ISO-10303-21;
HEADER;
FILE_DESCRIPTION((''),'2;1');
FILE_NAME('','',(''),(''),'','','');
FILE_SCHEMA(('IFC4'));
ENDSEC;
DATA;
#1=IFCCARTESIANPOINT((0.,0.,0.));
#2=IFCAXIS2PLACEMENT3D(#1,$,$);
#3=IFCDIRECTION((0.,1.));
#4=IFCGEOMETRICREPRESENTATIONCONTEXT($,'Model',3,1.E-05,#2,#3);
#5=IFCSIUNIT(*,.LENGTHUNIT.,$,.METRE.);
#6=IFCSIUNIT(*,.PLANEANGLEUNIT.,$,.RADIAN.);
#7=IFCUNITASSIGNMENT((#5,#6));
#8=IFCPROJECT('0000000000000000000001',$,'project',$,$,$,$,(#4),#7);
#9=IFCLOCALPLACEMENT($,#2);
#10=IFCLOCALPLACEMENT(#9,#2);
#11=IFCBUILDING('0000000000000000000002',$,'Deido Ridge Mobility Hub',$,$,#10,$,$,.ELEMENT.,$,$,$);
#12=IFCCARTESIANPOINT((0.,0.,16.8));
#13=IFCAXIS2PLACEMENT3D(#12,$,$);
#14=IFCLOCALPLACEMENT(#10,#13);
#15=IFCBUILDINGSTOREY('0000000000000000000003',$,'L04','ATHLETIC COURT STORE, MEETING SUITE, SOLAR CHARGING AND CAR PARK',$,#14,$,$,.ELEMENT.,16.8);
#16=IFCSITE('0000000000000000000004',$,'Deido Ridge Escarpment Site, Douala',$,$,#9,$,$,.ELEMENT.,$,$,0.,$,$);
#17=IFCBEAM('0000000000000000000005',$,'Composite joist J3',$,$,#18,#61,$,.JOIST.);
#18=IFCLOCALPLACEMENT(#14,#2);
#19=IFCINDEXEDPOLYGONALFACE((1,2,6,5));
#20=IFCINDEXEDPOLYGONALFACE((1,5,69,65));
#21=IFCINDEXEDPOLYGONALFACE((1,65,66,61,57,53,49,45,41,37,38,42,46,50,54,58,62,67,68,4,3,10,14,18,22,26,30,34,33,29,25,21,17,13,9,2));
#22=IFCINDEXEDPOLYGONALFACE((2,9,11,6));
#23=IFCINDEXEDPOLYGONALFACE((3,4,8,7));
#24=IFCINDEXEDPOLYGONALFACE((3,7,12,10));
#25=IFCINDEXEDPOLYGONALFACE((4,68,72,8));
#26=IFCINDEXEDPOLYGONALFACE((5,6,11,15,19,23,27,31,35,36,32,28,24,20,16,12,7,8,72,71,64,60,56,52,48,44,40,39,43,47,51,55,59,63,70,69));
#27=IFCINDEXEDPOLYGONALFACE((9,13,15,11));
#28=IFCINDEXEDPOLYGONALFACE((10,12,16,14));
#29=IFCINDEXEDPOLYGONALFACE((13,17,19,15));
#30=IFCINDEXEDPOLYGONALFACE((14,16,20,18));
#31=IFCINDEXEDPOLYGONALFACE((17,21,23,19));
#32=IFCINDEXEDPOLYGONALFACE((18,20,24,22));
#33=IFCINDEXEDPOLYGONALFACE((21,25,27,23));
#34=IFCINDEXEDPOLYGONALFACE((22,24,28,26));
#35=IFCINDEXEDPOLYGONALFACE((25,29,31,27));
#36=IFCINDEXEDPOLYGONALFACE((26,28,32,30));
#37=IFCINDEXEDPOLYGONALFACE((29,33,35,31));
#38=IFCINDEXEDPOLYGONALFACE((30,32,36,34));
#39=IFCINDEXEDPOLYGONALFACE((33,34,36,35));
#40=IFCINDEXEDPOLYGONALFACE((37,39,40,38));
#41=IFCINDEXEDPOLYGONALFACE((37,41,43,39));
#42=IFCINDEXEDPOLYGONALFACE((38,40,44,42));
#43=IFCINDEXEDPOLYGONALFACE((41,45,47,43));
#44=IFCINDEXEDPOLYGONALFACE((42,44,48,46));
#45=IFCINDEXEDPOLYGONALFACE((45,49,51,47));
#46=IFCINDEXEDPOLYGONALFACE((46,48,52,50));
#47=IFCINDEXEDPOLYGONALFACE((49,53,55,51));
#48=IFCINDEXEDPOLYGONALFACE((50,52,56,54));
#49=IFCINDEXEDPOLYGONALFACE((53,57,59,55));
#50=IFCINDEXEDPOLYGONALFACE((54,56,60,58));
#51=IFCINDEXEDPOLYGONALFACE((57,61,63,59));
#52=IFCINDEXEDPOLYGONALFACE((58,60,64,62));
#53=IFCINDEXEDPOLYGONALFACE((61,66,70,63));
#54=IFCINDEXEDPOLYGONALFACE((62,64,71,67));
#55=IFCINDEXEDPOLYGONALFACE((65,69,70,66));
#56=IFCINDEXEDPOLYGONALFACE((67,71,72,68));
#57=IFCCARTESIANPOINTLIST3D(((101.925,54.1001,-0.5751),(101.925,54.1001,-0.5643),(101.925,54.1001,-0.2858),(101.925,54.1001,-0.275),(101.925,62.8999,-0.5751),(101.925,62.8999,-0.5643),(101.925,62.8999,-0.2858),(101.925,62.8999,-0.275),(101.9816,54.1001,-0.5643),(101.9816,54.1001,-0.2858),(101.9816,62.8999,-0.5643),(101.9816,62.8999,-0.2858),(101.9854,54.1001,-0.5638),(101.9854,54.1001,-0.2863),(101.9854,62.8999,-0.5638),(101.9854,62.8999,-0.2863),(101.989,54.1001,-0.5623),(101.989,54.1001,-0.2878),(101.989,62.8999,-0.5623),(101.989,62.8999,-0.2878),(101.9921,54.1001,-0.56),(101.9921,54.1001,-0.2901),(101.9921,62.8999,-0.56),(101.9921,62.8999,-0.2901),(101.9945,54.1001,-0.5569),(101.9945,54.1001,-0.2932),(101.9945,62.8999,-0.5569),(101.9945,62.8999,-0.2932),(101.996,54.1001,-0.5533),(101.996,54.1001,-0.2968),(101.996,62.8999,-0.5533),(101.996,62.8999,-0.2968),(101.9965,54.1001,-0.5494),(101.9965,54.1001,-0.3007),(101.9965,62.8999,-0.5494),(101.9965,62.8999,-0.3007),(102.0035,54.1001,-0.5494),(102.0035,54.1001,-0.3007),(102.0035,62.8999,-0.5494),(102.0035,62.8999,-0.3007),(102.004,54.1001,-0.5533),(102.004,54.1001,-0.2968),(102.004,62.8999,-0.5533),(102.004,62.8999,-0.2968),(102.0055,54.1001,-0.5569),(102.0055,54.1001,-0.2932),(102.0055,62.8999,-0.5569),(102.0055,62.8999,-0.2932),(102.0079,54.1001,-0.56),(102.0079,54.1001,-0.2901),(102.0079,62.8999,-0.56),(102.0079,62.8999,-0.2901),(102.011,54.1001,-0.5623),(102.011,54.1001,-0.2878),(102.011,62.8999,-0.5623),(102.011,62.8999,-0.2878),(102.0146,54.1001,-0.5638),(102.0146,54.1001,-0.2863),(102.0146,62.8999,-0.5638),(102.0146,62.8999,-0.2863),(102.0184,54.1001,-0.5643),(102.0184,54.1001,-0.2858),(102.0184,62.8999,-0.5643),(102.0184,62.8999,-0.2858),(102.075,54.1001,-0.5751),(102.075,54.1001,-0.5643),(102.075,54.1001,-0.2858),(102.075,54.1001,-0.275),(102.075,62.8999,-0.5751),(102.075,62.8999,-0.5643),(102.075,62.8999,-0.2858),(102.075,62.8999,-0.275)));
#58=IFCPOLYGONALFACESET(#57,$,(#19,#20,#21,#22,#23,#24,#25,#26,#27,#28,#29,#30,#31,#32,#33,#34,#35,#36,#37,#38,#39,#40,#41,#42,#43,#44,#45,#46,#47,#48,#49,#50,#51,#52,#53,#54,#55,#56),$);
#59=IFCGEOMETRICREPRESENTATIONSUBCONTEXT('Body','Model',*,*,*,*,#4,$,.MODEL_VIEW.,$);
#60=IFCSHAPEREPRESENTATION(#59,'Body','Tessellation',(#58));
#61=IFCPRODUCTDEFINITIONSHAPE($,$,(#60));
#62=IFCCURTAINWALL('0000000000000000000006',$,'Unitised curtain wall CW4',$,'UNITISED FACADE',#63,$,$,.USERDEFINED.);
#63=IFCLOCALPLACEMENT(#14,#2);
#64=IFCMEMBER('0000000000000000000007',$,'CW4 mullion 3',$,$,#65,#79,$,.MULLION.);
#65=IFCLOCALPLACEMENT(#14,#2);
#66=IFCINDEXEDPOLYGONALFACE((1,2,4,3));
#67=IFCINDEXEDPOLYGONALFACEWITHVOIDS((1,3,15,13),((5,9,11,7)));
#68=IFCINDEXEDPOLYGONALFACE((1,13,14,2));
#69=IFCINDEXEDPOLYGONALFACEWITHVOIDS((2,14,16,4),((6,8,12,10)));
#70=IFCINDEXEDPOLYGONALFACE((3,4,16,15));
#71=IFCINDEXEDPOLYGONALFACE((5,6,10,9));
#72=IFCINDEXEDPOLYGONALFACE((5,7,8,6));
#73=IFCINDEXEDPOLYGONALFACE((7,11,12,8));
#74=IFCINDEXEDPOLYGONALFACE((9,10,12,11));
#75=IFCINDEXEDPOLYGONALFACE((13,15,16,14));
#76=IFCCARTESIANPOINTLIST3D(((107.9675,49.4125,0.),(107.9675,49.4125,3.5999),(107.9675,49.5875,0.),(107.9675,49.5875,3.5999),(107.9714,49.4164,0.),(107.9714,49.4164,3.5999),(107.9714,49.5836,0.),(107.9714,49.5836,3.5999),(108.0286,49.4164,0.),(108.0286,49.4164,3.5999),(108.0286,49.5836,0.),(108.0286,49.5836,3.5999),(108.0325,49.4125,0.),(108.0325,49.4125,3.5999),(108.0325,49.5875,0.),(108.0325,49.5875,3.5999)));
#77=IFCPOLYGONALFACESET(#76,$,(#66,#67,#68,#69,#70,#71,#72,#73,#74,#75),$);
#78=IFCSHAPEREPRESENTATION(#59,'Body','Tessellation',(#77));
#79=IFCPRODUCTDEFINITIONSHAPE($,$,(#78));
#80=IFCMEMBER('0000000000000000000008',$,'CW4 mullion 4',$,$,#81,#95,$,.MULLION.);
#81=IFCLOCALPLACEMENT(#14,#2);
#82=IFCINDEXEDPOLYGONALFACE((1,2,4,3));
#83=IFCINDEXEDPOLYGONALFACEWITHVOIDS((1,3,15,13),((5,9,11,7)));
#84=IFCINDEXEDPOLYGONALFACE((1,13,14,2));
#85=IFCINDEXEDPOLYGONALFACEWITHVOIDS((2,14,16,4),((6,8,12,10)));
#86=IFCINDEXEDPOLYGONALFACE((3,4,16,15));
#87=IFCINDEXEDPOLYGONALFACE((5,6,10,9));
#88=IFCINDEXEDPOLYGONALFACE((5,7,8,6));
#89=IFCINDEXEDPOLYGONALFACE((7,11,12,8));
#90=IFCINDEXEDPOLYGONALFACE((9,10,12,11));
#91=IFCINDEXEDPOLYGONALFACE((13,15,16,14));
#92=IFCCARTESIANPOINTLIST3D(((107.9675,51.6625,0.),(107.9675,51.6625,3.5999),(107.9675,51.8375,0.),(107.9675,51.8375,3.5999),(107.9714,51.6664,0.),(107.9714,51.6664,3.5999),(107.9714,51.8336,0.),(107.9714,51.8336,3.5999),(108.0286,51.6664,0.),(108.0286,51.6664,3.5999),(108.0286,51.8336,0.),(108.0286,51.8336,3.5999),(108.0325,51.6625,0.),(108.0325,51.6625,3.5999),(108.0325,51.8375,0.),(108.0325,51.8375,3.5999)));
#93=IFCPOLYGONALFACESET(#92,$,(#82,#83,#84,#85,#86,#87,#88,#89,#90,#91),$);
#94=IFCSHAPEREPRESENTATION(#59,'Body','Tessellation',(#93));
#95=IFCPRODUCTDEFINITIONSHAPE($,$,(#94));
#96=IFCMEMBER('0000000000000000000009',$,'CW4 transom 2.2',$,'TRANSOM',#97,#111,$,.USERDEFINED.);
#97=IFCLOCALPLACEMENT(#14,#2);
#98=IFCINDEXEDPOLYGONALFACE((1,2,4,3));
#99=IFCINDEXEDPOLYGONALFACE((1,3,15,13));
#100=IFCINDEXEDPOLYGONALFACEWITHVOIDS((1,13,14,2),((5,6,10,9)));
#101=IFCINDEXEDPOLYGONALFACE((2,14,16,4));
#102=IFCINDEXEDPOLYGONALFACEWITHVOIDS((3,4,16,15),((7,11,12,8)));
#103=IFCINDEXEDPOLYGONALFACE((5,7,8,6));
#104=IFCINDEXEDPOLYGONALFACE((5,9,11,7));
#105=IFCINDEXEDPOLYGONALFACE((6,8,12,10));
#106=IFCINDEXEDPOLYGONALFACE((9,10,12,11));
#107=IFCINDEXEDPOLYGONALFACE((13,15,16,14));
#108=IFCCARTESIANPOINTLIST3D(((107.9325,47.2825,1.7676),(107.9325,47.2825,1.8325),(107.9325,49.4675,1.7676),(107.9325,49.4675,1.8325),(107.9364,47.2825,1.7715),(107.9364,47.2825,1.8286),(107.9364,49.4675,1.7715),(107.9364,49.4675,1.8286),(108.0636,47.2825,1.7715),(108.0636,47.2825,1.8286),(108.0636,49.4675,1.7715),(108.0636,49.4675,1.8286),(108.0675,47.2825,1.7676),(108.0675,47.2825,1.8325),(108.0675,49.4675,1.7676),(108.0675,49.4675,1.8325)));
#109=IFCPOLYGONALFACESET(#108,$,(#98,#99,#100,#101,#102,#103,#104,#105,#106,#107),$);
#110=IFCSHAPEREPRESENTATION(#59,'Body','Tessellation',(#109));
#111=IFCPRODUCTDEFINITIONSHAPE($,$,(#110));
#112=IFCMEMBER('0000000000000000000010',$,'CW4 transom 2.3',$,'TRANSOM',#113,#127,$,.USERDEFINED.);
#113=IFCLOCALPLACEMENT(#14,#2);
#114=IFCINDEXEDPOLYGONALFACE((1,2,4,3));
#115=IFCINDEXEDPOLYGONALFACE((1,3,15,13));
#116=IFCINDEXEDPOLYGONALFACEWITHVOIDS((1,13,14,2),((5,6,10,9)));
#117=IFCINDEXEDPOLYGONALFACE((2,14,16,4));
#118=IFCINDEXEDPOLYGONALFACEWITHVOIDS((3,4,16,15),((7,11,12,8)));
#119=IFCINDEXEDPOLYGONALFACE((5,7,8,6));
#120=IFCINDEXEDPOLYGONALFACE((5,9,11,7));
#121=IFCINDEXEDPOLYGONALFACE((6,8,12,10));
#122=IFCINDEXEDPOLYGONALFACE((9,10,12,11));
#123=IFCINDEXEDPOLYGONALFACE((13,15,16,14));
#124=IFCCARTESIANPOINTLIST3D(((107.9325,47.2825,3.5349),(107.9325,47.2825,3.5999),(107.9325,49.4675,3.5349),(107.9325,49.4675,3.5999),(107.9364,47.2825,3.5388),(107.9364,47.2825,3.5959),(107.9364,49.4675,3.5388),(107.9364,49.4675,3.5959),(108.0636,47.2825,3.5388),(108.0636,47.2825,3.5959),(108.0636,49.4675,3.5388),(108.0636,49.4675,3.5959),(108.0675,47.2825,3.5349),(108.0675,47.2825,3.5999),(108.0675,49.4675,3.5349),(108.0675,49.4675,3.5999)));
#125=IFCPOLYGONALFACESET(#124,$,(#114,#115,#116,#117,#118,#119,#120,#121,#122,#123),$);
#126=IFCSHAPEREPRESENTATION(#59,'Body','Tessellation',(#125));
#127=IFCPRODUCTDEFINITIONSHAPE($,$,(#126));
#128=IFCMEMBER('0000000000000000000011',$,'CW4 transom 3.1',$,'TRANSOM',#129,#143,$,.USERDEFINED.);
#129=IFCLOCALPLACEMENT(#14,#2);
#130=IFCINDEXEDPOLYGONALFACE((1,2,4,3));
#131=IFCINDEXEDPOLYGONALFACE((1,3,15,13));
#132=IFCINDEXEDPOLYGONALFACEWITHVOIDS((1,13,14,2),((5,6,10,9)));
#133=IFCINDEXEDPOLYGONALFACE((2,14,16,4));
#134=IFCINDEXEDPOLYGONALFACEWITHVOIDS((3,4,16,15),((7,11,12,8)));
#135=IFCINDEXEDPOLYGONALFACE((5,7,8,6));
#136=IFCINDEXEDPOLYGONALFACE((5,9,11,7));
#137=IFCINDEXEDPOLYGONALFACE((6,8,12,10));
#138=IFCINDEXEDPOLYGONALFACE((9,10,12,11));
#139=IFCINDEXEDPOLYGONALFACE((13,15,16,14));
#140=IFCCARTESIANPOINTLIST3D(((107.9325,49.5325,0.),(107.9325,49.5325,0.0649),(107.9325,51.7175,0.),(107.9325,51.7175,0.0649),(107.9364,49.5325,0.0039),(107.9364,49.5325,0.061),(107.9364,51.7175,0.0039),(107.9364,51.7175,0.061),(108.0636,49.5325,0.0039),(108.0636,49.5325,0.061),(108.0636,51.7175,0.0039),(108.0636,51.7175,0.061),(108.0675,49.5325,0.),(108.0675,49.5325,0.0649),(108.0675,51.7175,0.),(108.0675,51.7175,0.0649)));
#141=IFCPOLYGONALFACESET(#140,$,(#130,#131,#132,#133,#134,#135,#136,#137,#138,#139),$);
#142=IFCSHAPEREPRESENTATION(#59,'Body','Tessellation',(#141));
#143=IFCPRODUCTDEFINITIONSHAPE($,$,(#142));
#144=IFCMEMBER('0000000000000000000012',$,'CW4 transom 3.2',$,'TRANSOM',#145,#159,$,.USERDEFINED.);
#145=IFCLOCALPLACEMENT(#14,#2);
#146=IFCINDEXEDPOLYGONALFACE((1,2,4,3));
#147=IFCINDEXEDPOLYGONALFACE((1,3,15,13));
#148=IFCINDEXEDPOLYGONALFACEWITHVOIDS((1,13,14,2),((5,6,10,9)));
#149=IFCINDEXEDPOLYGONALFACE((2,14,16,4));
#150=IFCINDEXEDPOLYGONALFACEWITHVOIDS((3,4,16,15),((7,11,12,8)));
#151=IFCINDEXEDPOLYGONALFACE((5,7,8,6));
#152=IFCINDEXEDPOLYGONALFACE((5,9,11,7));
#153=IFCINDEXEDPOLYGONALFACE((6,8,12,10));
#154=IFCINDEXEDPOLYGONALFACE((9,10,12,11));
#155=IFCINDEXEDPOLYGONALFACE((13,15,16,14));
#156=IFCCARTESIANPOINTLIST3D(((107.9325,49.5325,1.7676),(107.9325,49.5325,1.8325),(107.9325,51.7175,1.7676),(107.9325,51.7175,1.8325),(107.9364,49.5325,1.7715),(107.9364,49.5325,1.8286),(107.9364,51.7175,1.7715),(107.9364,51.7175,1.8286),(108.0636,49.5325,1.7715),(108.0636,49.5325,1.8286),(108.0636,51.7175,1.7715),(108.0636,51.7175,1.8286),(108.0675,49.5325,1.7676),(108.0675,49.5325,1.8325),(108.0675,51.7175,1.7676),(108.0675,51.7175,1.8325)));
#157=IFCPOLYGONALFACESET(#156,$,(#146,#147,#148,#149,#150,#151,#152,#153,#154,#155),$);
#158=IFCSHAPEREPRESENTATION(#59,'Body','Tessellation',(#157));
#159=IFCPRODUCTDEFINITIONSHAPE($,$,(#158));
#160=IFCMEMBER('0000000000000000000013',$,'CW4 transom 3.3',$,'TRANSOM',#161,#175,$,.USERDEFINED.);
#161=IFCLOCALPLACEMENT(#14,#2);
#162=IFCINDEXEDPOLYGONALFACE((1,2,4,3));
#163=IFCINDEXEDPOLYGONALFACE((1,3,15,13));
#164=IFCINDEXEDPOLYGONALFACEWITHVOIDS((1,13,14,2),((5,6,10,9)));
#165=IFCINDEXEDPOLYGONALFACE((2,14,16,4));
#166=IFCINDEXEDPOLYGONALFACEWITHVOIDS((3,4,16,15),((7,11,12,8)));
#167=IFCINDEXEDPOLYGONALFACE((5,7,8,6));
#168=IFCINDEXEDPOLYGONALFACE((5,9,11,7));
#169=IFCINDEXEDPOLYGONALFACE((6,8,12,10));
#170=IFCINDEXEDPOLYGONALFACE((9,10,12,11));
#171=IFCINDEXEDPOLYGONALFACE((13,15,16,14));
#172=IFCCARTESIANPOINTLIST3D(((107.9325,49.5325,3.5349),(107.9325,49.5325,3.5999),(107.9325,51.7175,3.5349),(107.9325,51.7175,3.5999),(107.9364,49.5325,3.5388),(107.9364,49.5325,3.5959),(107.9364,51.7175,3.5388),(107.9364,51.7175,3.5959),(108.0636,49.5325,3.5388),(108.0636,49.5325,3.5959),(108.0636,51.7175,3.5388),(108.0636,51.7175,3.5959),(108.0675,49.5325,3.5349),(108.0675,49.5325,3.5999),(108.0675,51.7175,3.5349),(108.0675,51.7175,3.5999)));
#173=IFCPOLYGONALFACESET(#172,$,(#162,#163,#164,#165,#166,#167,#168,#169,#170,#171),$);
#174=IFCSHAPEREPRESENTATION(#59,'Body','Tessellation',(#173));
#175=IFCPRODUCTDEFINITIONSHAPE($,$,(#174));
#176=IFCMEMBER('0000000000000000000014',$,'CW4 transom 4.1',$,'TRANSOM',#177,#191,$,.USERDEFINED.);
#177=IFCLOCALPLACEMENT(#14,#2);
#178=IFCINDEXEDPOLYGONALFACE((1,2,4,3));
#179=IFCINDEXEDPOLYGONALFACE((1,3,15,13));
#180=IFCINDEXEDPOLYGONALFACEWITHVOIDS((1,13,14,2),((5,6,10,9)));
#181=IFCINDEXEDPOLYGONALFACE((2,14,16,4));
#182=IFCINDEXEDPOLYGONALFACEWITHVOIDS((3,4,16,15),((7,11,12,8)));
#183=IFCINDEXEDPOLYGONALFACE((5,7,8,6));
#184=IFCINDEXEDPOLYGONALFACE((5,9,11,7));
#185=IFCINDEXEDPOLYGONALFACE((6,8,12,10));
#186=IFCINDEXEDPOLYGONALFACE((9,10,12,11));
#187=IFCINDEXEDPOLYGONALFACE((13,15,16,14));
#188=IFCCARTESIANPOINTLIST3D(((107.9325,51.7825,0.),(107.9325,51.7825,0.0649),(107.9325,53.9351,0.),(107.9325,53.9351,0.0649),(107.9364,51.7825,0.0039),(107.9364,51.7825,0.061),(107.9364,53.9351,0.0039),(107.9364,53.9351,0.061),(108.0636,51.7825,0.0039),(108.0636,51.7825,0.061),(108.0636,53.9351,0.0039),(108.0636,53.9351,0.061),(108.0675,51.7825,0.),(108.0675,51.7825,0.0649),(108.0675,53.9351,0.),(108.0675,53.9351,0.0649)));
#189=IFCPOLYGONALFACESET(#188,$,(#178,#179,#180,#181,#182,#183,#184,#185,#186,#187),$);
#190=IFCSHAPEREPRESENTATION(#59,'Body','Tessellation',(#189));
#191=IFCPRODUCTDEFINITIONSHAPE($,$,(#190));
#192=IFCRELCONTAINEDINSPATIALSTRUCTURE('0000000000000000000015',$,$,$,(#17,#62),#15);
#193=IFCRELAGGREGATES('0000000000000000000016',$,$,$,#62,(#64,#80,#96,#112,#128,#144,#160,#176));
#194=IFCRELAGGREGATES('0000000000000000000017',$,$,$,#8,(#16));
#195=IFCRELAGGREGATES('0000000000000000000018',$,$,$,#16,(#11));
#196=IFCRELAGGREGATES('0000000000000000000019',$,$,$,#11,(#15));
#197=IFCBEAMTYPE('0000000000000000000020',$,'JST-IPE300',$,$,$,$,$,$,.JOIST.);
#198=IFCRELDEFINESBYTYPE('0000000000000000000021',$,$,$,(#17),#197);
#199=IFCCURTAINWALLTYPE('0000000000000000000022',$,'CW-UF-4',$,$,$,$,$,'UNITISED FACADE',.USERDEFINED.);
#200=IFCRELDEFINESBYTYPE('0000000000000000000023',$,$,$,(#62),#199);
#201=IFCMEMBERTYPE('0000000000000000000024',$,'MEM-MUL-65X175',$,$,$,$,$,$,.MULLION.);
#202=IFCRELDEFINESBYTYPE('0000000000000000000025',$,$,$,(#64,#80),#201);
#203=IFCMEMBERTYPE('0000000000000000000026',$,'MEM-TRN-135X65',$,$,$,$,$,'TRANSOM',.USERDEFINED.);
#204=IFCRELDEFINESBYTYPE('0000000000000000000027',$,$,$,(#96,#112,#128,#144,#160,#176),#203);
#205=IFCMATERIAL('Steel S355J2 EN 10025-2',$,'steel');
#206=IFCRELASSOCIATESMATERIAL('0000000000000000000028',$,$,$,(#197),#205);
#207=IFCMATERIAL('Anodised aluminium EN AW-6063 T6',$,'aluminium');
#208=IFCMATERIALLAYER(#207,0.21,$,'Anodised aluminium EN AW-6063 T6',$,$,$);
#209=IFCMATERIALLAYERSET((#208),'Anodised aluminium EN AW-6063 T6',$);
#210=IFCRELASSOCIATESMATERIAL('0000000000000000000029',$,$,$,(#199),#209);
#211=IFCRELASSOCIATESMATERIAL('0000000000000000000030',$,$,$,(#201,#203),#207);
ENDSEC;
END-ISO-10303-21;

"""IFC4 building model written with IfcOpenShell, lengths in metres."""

from ifc_helpers import new_model, si_unit, direction, frame, origin, origin_2d, place, context, subcontext, project, spatial, hollow_rectangle, i_section, extrude, material, layer, layer_set, material_profile, profile_set, type_object, element, aggregate, save


model = new_model("IFC4")

# Units and contexts
model_context = context("Model", 3, precision=1e-05, world=origin(), true_north=direction((0.0, 1.0)))
body_context = subcontext(model_context, "Body", "Model", "MODEL_VIEW")
ifc_project = project(units=[si_unit("LENGTHUNIT", "METRE"), si_unit("PLANEANGLEUNIT", "RADIAN")], contexts=[model_context])

# Site, building, storey
site_placement = place(None, origin())
site = spatial("IfcSite", under=ifc_project, at=site_placement, Name="Deido Ridge Escarpment Site, Douala", CompositionType="ELEMENT", RefElevation=0.0)
building_placement = place(site_placement, origin())
building = spatial("IfcBuilding", under=site, at=building_placement, Name="Deido Ridge Mobility Hub", CompositionType="ELEMENT")
storey_placement = place(building_placement, frame((0.0, 0.0, 16.8)))
storey = spatial("IfcBuildingStorey", under=building, at=storey_placement, Name="L04", Description="ATHLETIC COURT STORE, MEETING SUITE, SOLAR CHARGING AND CAR PARK", CompositionType="ELEMENT", Elevation=16.8)

# Shared definitions
ifc_material_1 = material(Name="Steel S355J2 EN 10025-2", Category="steel")

# Beam
ifc_material_profile_1 = material_profile(ifc_material_1, i_section(OverallWidth=0.1499, OverallDepth=0.3, WebThickness=0.0071, FlangeThickness=0.0107, FilletRadius=0.0149, at=origin_2d()), Name="IPE 300")
ifc_profile_set_1 = profile_set([ifc_material_profile_1], Name="Steel S355J2 EN 10025-2")
beam_type_1 = type_object("IfcBeamType", Name="JST-IPE300", PredefinedType="JOIST", material=ifc_profile_set_1)
beam_1_placement = place(storey_placement, frame((102.0, 54.1001, -0.425), z_axis=(0.0, 1.0, 0.0), x_axis=(-1.0, 0.0, 0.0)))
element("IfcBeam", 1, at=beam_1_placement, inside=storey, type_object=beam_type_1, Name="Composite joist J3", PredefinedType="JOIST", context=body_context, shape_type="SweptSolid", body=[
    extrude(i_section(OverallWidth=0.1499, OverallDepth=0.3, WebThickness=0.0071, FlangeThickness=0.0107, FilletRadius=0.0149, at=origin_2d()), origin(), (0.0, 0.0, 1.0), 8.7998),
])

# Curtain wall, members
ifc_material_2 = material(Name="Anodised aluminium EN AW-6063 T6", Category="aluminium")
ifc_layer_1 = layer(ifc_material_2, 0.21, Name="Anodised aluminium EN AW-6063 T6")
ifc_layer_set_1 = layer_set([ifc_layer_1], Name="Anodised aluminium EN AW-6063 T6")
curtain_wall_type = type_object("IfcCurtainWallType", Name="CW-UF-4", ElementType="UNITISED FACADE", PredefinedType="USERDEFINED", material=ifc_layer_set_1)
curtain_wall_placement = place(storey_placement, origin())
curtain_wall = element("IfcCurtainWall", 2, at=curtain_wall_placement, inside=storey, type_object=curtain_wall_type, Name="Unitised curtain wall CW4", ObjectType="UNITISED FACADE", PredefinedType="USERDEFINED")
ifc_material_profile_2 = material_profile(ifc_material_2, hollow_rectangle(XDim=0.0649, YDim=0.175, WallThickness=0.0039, at=origin_2d()), Name="RHS 65x175x4")
ifc_profile_set_2 = profile_set([ifc_material_profile_2], Name="Anodised aluminium EN AW-6063 T6")
member_type_1 = type_object("IfcMemberType", Name="MEM-MUL-65X175", PredefinedType="MULLION", material=ifc_profile_set_2)
member_1_placement = place(storey_placement, frame((108.0, 49.5, 0.0), z_axis=(0.0, 0.0, 1.0), x_axis=(-1.0, 0.0, 0.0)))
member_1 = element("IfcMember", 3, at=member_1_placement, type_object=member_type_1, Name="CW4 mullion 3", PredefinedType="MULLION", context=body_context, shape_type="SweptSolid", body=[
    extrude(hollow_rectangle(XDim=0.0649, YDim=0.175, WallThickness=0.0039, at=origin_2d()), origin(), (0.0, 0.0, 1.0), 3.5999),
])
member_2_placement = place(storey_placement, frame((108.0, 51.75, 0.0), z_axis=(0.0, 0.0, 1.0), x_axis=(-1.0, 0.0, 0.0)))
member_2 = element("IfcMember", 4, at=member_2_placement, type_object=member_type_1, Name="CW4 mullion 4", PredefinedType="MULLION", context=body_context, shape_type="SweptSolid", body=[
    extrude(hollow_rectangle(XDim=0.0649, YDim=0.175, WallThickness=0.0039, at=origin_2d()), origin(), (0.0, 0.0, 1.0), 3.5999),
])
ifc_material_profile_3 = material_profile(ifc_material_2, hollow_rectangle(XDim=0.135, YDim=0.0649, WallThickness=0.0039, at=origin_2d()), Name="RHS 135x65x4")
ifc_profile_set_3 = profile_set([ifc_material_profile_3], Name="Anodised aluminium EN AW-6063 T6")
member_type_2 = type_object("IfcMemberType", Name="MEM-TRN-135X65", ElementType="TRANSOM", PredefinedType="USERDEFINED", material=ifc_profile_set_3)
member_3_placement = place(storey_placement, frame((108.0, 47.2825, 1.8), z_axis=(0.0, 1.0, 0.0), x_axis=(-1.0, 0.0, 0.0)))
member_3 = element("IfcMember", 5, at=member_3_placement, type_object=member_type_2, Name="CW4 transom 2.2", ObjectType="TRANSOM", PredefinedType="USERDEFINED", context=body_context, shape_type="SweptSolid", body=[
    extrude(hollow_rectangle(XDim=0.135, YDim=0.0649, WallThickness=0.0039, at=origin_2d()), origin(), (0.0, 0.0, 1.0), 2.1851),
])
member_4_placement = place(storey_placement, frame((108.0, 47.2825, 3.5674), z_axis=(0.0, 1.0, 0.0), x_axis=(-1.0, 0.0, 0.0)))
member_4 = element("IfcMember", 6, at=member_4_placement, type_object=member_type_2, Name="CW4 transom 2.3", ObjectType="TRANSOM", PredefinedType="USERDEFINED", context=body_context, shape_type="SweptSolid", body=[
    extrude(hollow_rectangle(XDim=0.135, YDim=0.0649, WallThickness=0.0039, at=origin_2d()), origin(), (0.0, 0.0, 1.0), 2.1851),
])
member_5_placement = place(storey_placement, frame((108.0, 49.5325, 0.0325), z_axis=(0.0, 1.0, 0.0), x_axis=(-1.0, 0.0, 0.0)))
member_5 = element("IfcMember", 7, at=member_5_placement, type_object=member_type_2, Name="CW4 transom 3.1", ObjectType="TRANSOM", PredefinedType="USERDEFINED", context=body_context, shape_type="SweptSolid", body=[
    extrude(hollow_rectangle(XDim=0.135, YDim=0.0649, WallThickness=0.0039, at=origin_2d()), origin(), (0.0, 0.0, 1.0), 2.1851),
])
member_6_placement = place(storey_placement, frame((108.0, 49.5325, 1.8), z_axis=(0.0, 1.0, 0.0), x_axis=(-1.0, 0.0, 0.0)))
member_6 = element("IfcMember", 8, at=member_6_placement, type_object=member_type_2, Name="CW4 transom 3.2", ObjectType="TRANSOM", PredefinedType="USERDEFINED", context=body_context, shape_type="SweptSolid", body=[
    extrude(hollow_rectangle(XDim=0.135, YDim=0.0649, WallThickness=0.0039, at=origin_2d()), origin(), (0.0, 0.0, 1.0), 2.1851),
])
member_7_placement = place(storey_placement, frame((108.0, 49.5325, 3.5674), z_axis=(0.0, 1.0, 0.0), x_axis=(-1.0, 0.0, 0.0)))
member_7 = element("IfcMember", 9, at=member_7_placement, type_object=member_type_2, Name="CW4 transom 3.3", ObjectType="TRANSOM", PredefinedType="USERDEFINED", context=body_context, shape_type="SweptSolid", body=[
    extrude(hollow_rectangle(XDim=0.135, YDim=0.0649, WallThickness=0.0039, at=origin_2d()), origin(), (0.0, 0.0, 1.0), 2.1851),
])
member_8_placement = place(storey_placement, frame((108.0, 51.7825, 0.0325), z_axis=(0.0, 1.0, 0.0), x_axis=(-1.0, 0.0, 0.0)))
member_8 = element("IfcMember", 10, at=member_8_placement, type_object=member_type_2, Name="CW4 transom 4.1", ObjectType="TRANSOM", PredefinedType="USERDEFINED", context=body_context, shape_type="SweptSolid", body=[
    extrude(hollow_rectangle(XDim=0.135, YDim=0.0649, WallThickness=0.0039, at=origin_2d()), origin(), (0.0, 0.0, 1.0), 2.1526),
])
aggregate(curtain_wall, [member_1, member_2, member_3, member_4, member_5, member_6, member_7, member_8])

save(model, "model.ifc")
